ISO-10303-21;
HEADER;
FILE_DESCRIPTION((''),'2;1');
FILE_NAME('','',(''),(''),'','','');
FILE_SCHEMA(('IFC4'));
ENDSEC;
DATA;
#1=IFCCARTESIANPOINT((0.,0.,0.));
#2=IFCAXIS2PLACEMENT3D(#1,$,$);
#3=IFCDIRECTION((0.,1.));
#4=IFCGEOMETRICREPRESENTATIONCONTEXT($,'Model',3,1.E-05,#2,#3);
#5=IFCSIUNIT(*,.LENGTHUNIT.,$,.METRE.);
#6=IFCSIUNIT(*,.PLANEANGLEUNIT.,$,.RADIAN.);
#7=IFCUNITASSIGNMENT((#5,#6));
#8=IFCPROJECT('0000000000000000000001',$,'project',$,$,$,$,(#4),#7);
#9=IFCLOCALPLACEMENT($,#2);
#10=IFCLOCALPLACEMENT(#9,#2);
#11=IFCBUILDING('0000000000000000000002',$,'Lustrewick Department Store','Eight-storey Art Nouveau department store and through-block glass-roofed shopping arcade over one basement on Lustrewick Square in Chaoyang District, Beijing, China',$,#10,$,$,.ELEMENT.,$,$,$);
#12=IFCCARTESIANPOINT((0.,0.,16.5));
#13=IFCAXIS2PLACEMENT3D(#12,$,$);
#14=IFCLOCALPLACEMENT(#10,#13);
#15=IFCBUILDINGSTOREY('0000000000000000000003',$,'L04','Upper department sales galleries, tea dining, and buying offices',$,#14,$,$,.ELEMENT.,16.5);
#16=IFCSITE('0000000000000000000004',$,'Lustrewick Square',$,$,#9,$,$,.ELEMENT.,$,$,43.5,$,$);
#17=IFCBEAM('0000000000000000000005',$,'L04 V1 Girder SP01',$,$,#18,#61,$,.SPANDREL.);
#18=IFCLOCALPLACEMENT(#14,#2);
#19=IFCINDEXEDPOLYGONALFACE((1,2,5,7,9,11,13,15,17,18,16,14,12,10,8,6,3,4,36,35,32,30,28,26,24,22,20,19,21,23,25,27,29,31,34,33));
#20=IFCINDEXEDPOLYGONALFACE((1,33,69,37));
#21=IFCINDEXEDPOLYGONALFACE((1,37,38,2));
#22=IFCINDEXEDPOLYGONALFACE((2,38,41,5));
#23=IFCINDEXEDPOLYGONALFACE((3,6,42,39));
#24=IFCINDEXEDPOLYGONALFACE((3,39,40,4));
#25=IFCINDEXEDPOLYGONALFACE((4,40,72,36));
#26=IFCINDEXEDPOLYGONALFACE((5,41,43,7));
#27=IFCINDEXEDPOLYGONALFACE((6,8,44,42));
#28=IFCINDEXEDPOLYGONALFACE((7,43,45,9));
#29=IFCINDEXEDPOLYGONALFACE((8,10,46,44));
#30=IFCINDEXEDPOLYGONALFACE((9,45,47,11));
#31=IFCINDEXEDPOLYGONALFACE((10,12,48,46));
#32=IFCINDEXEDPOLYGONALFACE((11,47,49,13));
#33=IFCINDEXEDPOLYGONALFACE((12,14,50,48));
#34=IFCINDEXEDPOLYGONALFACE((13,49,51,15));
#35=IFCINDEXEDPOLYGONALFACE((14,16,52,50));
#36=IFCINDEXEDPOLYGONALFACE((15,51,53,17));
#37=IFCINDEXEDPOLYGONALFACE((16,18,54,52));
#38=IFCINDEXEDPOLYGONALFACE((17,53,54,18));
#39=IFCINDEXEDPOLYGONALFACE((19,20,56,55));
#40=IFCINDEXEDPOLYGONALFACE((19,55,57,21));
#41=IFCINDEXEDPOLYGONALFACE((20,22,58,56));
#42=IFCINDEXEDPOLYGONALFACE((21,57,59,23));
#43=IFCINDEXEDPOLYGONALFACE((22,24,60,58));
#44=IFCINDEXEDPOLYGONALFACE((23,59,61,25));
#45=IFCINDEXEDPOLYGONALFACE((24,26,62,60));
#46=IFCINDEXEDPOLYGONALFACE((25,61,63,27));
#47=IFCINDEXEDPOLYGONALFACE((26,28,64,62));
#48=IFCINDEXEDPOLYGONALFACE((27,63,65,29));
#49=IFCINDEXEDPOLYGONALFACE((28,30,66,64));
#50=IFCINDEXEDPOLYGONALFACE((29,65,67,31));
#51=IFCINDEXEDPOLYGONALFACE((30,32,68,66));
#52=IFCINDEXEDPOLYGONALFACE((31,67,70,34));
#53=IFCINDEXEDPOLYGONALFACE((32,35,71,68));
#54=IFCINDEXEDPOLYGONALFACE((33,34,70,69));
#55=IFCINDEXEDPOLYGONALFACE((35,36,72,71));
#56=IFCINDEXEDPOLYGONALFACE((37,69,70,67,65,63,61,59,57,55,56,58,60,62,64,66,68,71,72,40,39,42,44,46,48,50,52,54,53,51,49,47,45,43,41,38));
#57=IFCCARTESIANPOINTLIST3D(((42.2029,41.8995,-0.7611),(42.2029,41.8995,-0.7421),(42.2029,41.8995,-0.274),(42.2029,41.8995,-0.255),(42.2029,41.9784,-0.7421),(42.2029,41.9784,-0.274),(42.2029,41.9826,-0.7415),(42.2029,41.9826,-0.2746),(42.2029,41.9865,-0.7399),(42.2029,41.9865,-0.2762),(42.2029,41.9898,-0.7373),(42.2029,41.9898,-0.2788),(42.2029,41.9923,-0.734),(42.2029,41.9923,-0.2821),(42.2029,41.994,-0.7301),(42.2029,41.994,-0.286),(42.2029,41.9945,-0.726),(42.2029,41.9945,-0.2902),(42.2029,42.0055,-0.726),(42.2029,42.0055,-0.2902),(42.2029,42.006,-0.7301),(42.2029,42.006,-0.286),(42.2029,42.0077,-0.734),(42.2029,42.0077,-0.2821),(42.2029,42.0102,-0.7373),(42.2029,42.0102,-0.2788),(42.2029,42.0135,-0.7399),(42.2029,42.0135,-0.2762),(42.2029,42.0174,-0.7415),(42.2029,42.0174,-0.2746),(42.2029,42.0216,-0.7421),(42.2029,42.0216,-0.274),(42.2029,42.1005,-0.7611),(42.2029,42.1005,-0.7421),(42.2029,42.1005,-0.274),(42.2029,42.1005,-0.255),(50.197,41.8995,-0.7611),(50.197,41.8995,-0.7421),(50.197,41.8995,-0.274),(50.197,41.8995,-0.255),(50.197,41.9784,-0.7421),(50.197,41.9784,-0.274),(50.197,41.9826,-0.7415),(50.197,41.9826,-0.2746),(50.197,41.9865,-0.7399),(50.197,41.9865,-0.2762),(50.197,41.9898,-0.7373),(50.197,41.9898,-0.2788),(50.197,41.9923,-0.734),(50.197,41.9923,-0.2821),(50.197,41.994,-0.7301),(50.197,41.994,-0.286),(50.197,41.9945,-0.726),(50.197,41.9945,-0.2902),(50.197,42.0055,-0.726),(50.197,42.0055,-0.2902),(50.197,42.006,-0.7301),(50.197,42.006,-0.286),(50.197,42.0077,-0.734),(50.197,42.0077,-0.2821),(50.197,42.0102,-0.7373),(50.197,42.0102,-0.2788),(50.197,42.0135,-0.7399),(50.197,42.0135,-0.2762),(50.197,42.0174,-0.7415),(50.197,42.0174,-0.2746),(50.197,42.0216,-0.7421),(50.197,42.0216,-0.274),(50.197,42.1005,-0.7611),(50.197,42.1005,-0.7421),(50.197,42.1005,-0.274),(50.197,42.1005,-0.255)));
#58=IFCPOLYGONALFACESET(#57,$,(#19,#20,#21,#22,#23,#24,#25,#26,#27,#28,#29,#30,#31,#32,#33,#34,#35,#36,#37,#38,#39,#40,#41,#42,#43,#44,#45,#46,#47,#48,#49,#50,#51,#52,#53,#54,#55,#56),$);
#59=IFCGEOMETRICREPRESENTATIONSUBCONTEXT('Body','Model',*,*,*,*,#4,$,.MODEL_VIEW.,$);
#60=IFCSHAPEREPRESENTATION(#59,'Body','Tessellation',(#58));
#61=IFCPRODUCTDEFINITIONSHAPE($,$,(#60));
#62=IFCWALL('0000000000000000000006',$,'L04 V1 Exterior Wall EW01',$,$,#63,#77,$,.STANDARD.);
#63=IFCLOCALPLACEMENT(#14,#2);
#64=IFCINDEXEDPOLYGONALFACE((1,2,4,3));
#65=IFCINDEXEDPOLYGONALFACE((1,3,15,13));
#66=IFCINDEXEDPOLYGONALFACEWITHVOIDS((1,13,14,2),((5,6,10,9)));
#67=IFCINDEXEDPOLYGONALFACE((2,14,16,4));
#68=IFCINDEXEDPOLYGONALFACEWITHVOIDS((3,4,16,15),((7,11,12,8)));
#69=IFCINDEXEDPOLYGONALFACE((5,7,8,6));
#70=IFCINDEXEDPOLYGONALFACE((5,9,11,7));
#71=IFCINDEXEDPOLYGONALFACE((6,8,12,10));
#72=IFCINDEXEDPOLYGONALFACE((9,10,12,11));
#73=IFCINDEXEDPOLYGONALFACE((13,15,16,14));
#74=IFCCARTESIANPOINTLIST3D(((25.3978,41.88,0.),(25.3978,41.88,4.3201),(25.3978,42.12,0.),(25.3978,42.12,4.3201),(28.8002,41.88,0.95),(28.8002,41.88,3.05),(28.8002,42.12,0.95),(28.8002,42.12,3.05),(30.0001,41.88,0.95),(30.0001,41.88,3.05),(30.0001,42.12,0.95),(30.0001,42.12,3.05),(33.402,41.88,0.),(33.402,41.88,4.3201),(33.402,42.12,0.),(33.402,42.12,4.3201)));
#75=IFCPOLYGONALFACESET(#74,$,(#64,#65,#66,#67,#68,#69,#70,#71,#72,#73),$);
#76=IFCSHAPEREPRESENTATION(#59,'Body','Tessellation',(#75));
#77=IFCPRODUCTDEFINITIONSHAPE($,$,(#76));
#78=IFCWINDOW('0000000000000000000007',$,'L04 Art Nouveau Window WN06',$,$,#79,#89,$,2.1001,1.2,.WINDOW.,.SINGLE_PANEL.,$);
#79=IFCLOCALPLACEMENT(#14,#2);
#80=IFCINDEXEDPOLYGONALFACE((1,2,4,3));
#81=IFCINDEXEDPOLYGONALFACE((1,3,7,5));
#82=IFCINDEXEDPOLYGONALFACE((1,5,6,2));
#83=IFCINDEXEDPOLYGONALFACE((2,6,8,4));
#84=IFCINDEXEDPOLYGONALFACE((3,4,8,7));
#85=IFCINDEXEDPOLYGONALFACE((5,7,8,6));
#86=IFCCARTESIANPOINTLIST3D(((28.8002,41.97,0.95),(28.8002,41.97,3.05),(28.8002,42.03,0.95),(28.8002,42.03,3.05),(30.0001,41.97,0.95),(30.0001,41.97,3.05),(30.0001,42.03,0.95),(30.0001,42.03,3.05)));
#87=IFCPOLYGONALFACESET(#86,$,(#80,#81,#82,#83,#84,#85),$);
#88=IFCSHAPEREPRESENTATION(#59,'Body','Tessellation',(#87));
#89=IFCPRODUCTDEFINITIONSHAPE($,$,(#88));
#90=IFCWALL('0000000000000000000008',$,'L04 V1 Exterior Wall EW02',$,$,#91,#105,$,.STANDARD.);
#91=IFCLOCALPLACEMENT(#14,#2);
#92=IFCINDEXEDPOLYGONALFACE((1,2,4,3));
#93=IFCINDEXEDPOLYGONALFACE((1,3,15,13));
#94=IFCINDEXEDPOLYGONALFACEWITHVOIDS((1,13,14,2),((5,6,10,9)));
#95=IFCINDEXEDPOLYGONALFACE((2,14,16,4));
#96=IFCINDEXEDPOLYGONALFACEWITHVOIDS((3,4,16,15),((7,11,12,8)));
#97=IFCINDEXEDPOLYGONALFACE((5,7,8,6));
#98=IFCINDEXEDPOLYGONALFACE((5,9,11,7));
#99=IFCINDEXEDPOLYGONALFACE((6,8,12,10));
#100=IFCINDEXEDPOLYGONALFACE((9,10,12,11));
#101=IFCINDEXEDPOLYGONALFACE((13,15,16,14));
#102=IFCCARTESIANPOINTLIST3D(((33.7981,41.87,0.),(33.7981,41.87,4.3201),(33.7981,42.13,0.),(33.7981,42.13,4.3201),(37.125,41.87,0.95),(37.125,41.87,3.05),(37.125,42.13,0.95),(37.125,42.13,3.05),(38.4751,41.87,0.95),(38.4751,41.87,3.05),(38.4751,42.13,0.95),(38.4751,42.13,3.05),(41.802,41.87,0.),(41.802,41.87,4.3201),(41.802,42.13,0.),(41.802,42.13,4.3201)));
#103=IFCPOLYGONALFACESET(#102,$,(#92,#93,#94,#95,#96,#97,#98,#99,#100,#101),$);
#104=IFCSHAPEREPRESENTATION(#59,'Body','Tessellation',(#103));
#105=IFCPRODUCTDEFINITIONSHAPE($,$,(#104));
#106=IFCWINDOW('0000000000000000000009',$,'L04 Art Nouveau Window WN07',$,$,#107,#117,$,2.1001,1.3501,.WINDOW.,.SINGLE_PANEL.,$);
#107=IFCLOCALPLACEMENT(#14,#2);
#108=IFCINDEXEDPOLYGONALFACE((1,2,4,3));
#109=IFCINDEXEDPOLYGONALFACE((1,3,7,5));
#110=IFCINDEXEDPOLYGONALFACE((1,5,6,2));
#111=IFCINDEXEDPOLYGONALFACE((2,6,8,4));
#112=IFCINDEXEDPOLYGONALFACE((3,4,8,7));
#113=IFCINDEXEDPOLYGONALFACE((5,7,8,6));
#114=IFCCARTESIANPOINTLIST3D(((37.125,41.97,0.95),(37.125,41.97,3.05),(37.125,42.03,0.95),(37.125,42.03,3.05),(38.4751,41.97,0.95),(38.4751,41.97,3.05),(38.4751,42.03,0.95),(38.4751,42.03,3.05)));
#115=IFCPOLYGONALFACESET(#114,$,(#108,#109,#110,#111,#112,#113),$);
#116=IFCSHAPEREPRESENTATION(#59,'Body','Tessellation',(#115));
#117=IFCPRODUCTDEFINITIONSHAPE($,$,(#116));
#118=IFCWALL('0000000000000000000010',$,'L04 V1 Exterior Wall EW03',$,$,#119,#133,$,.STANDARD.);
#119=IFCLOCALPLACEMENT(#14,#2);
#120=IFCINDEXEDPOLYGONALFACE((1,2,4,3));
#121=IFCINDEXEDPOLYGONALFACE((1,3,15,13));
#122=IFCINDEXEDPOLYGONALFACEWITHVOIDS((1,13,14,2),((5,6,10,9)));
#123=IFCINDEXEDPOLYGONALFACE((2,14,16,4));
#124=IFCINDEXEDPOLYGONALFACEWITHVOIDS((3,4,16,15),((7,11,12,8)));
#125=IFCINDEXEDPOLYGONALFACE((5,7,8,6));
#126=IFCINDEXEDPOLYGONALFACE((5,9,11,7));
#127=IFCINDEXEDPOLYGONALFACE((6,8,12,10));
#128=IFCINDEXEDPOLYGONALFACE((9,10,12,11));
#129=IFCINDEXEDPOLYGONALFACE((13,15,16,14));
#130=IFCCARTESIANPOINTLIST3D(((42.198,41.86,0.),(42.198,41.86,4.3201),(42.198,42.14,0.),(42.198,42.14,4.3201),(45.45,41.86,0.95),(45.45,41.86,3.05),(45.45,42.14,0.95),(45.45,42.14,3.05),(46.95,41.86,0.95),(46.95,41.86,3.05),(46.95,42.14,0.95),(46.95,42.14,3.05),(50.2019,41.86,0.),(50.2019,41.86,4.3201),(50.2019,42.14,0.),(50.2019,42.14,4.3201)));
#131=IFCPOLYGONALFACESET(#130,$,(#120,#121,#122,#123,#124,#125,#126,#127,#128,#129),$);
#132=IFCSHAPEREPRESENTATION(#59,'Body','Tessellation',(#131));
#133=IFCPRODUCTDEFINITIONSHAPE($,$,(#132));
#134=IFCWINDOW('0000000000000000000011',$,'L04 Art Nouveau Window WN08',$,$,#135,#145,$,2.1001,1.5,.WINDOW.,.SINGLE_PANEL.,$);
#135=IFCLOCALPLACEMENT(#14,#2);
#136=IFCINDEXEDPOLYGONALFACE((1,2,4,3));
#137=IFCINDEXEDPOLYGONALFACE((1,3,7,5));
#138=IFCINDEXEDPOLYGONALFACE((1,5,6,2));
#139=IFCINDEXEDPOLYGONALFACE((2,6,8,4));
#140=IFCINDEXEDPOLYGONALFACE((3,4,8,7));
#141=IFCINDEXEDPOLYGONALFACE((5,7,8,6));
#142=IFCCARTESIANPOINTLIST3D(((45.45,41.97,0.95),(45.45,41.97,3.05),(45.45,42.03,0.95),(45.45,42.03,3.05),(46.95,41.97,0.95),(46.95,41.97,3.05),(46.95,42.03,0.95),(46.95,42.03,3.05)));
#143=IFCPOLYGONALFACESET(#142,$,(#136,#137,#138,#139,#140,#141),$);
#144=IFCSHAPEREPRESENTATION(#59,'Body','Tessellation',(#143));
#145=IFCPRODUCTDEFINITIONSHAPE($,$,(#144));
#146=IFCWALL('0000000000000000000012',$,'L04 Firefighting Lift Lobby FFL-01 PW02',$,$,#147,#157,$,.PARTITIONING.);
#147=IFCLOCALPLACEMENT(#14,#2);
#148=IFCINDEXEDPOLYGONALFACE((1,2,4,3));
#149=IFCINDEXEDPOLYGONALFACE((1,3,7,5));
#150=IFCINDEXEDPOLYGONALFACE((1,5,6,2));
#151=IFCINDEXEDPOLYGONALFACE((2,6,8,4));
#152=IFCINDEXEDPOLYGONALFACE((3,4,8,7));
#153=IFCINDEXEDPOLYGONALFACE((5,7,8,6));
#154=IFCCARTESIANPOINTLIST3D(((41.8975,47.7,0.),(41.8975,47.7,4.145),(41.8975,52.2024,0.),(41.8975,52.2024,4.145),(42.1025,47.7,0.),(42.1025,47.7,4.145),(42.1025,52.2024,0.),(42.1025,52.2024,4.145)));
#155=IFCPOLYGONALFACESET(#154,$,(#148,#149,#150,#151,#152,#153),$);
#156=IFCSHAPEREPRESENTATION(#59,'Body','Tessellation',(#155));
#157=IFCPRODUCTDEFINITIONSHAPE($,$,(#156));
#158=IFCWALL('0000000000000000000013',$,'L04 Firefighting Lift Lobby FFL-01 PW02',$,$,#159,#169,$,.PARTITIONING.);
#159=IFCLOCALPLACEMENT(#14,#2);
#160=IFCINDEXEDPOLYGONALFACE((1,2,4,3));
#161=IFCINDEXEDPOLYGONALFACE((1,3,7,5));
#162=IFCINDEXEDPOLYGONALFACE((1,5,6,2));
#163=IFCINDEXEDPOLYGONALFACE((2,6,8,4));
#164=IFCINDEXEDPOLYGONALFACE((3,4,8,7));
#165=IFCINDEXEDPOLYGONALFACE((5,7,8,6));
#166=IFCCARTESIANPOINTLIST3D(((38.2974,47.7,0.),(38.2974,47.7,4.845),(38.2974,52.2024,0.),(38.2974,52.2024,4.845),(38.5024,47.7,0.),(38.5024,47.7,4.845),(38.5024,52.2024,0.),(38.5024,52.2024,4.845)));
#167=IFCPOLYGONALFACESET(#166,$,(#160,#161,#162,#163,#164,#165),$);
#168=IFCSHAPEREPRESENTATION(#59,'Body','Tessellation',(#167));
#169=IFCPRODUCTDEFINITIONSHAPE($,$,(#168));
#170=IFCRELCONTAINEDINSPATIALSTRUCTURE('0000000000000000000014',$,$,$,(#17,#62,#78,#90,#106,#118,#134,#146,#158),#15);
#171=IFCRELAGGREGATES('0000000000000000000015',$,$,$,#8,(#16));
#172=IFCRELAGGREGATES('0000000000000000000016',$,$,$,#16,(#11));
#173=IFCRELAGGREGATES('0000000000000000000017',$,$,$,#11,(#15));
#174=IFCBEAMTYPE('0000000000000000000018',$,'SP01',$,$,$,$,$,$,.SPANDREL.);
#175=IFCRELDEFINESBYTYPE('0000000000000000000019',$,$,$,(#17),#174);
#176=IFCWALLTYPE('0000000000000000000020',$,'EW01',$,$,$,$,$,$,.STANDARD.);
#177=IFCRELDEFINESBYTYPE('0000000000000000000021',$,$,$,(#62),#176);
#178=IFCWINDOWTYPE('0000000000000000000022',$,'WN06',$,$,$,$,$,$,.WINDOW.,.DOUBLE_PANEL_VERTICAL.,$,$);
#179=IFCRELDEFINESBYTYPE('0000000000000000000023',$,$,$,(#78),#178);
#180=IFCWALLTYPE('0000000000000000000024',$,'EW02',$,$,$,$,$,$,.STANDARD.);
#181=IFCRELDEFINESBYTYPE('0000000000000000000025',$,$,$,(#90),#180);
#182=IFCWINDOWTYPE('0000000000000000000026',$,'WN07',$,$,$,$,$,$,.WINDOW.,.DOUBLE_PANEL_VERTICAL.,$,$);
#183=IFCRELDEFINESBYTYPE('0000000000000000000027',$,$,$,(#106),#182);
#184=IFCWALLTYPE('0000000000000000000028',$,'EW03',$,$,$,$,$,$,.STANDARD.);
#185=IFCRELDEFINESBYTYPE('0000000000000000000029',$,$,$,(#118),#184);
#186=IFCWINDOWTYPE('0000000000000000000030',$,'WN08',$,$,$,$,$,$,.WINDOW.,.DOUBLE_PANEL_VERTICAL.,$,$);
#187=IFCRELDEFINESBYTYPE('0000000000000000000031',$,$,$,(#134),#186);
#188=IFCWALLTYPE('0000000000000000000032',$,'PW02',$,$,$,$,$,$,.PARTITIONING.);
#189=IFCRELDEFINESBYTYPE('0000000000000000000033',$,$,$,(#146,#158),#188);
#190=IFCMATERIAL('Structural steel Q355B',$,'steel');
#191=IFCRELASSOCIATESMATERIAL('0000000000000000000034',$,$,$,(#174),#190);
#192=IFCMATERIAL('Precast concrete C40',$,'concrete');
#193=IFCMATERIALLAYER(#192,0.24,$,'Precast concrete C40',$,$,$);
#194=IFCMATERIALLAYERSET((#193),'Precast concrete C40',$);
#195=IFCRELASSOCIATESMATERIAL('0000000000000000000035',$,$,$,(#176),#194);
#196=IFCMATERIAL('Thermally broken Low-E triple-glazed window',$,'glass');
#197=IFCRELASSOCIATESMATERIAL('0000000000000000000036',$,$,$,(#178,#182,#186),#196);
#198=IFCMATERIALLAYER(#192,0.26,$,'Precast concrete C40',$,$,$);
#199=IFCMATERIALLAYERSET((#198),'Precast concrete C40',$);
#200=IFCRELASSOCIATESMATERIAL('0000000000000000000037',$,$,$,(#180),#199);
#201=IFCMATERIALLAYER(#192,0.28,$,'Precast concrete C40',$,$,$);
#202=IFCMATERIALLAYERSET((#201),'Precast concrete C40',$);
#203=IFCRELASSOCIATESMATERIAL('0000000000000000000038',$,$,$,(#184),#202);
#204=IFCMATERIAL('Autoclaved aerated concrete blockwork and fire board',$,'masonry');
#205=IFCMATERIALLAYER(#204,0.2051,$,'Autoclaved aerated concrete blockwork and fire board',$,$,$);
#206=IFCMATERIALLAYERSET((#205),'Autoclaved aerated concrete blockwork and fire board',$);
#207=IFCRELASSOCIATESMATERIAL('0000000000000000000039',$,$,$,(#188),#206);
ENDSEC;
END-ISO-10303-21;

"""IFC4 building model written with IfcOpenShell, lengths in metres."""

from ifc_helpers import new_model, si_unit, direction, frame, frame_2d, origin, origin_2d, place, context, subcontext, project, spatial, rectangle, i_section, extrude, material, layer, layer_set, material_profile, profile_set, type_object, element, fill, save


model = new_model("IFC4")

# Units and contexts
model_context = context("Model", 3, precision=1e-05, world=origin(), true_north=direction((0.0, 1.0)))
body_context = subcontext(model_context, "Body", "Model", "MODEL_VIEW")
ifc_project = project(units=[si_unit("LENGTHUNIT", "METRE"), si_unit("PLANEANGLEUNIT", "RADIAN")], contexts=[model_context])

# Site, building, storey
site_placement = place(None, origin())
site = spatial("IfcSite", under=ifc_project, at=site_placement, Name="Lustrewick Square", CompositionType="ELEMENT", RefElevation=43.5)
building_placement = place(site_placement, origin())
building = spatial("IfcBuilding", under=site, at=building_placement, Name="Lustrewick Department Store", Description="Eight-storey Art Nouveau department store and through-block glass-roofed shopping arcade over one basement on Lustrewick Square in Chaoyang District, Beijing, China", CompositionType="ELEMENT")
storey_placement = place(building_placement, frame((0.0, 0.0, 16.5)))
storey = spatial("IfcBuildingStorey", under=building, at=storey_placement, Name="L04", Description="Upper department sales galleries, tea dining, and buying offices", CompositionType="ELEMENT", Elevation=16.5)

# Shared definitions
ifc_material_1 = material(Name="Structural steel Q355B", Category="steel")

# Beam
ifc_material_profile_1 = material_profile(ifc_material_1, i_section(OverallWidth=0.2009, OverallDepth=0.5061, WebThickness=0.011, FlangeThickness=0.019, FilletRadius=0.0161, at=origin_2d()), Name="HN 506x201x11x19")
ifc_profile_set_1 = profile_set([ifc_material_profile_1], Name="Structural steel Q355B")
beam_type_1 = type_object("IfcBeamType", Name="SP01", PredefinedType="SPANDREL", material=ifc_profile_set_1)
for number, where, z_axis, x_axis, name in (
    (1, (42.2029, 42.0, -0.5081), (1.0, 0.0, 0.0), (0.0, 1.0, 0.0), "L04 V1 Girder SP01"),
):
    element("IfcBeam", number, at=place(storey_placement, frame(where, z_axis=z_axis, x_axis=x_axis)), inside=storey, type_object=beam_type_1, Name=name, PredefinedType="SPANDREL", context=body_context, shape_type="SweptSolid", body=[
        extrude(i_section(OverallWidth=0.2009, OverallDepth=0.5061, WebThickness=0.011, FlangeThickness=0.019, FilletRadius=0.0161, at=origin_2d()), origin(), (0.0, 0.0, 1.0), 7.9941),
    ])

# Walls, openings, windows
ifc_material_2 = material(Name="Precast concrete C40", Category="concrete")
ifc_layer_1 = layer(ifc_material_2, 0.24, Name="Precast concrete C40")
ifc_layer_set_1 = layer_set([ifc_layer_1], Name="Precast concrete C40")
wall_type_1 = type_object("IfcWallType", Name="EW01", PredefinedType="STANDARD", material=ifc_layer_set_1)
wall_1_placement = place(storey_placement, frame((25.3979, 42.0, 0.0), z_axis=(0.0, 0.0, 1.0), x_axis=(1.0, 0.0, 0.0)))
wall_1 = element("IfcWall", 2, at=wall_1_placement, inside=storey, type_object=wall_type_1, Name="L04 V1 Exterior Wall EW01", PredefinedType="STANDARD", context=body_context, shape_type="SweptSolid", body=[
    extrude(rectangle(XDim=8.0042, YDim=0.24, at=frame_2d((4.002, 0.0))), origin(), (0.0, 0.0, 1.0), 4.3201),
])
opening_1_placement = place(wall_1_placement, frame((3.4021, 0.0, 0.95)))
opening_1 = element("IfcOpeningElement", 3, at=opening_1_placement, cuts=wall_1, PredefinedType="OPENING", context=body_context, shape_type="SweptSolid", body=[
    extrude(rectangle(XDim=1.2, YDim=2.1001, at=frame_2d((0.6001, 1.05))), frame((0.0, 0.1299, 0.0), z_axis=(0.0, -1.0, 0.0), x_axis=(1.0, 0.0, 0.0)), (0.0, 0.0, 1.0), 0.26),
])
ifc_material_3 = material(Name="Thermally broken Low-E triple-glazed window", Category="glass")
window_type_1 = type_object("IfcWindowType", Name="WN06", PartitioningType="DOUBLE_PANEL_VERTICAL", PredefinedType="WINDOW", material=ifc_material_3)
window_1_placement = place(opening_1_placement, origin())
window_1 = element("IfcWindow", 4, at=window_1_placement, inside=storey, type_object=window_type_1, Name="L04 Art Nouveau Window WN06", OverallHeight=2.1001, OverallWidth=1.2, PartitioningType="SINGLE_PANEL", PredefinedType="WINDOW", context=body_context, shape_type="SweptSolid", body=[
    extrude(rectangle(XDim=1.2, YDim=2.1001, at=frame_2d((0.6001, 1.05))), frame((0.0, 0.03, 0.0), z_axis=(0.0, -1.0, 0.0), x_axis=(1.0, 0.0, 0.0)), (0.0, 0.0, 1.0), 0.0601),
])
fill(opening_1, window_1)
ifc_layer_2 = layer(ifc_material_2, 0.26, Name="Precast concrete C40")
ifc_layer_set_2 = layer_set([ifc_layer_2], Name="Precast concrete C40")
wall_type_2 = type_object("IfcWallType", Name="EW02", PredefinedType="STANDARD", material=ifc_layer_set_2)
wall_2_placement = place(storey_placement, frame((33.7981, 42.0, 0.0), z_axis=(0.0, 0.0, 1.0), x_axis=(1.0, 0.0, 0.0)))
wall_2 = element("IfcWall", 5, at=wall_2_placement, inside=storey, type_object=wall_type_2, Name="L04 V1 Exterior Wall EW02", PredefinedType="STANDARD", context=body_context, shape_type="SweptSolid", body=[
    extrude(rectangle(XDim=8.0039, YDim=0.26, at=frame_2d((4.002, 0.0))), origin(), (0.0, 0.0, 1.0), 4.3201),
])
opening_2_placement = place(wall_2_placement, frame((3.3269, 0.0, 0.95)))
opening_2 = element("IfcOpeningElement", 6, at=opening_2_placement, cuts=wall_2, PredefinedType="OPENING", context=body_context, shape_type="SweptSolid", body=[
    extrude(rectangle(XDim=1.3501, YDim=2.1001, at=frame_2d((0.675, 1.05))), frame((0.0, 0.1401, 0.0), z_axis=(0.0, -1.0, 0.0), x_axis=(1.0, 0.0, 0.0)), (0.0, 0.0, 1.0), 0.28),
])
window_type_2 = type_object("IfcWindowType", Name="WN07", PartitioningType="DOUBLE_PANEL_VERTICAL", PredefinedType="WINDOW", material=ifc_material_3)
window_2_placement = place(opening_2_placement, origin())
window_2 = element("IfcWindow", 7, at=window_2_placement, inside=storey, type_object=window_type_2, Name="L04 Art Nouveau Window WN07", OverallHeight=2.1001, OverallWidth=1.3501, PartitioningType="SINGLE_PANEL", PredefinedType="WINDOW", context=body_context, shape_type="SweptSolid", body=[
    extrude(rectangle(XDim=1.3501, YDim=2.1001, at=frame_2d((0.675, 1.05))), frame((0.0, 0.03, 0.0), z_axis=(0.0, -1.0, 0.0), x_axis=(1.0, 0.0, 0.0)), (0.0, 0.0, 1.0), 0.0601),
])
fill(opening_2, window_2)
ifc_layer_3 = layer(ifc_material_2, 0.28, Name="Precast concrete C40")
ifc_layer_set_3 = layer_set([ifc_layer_3], Name="Precast concrete C40")
wall_type_3 = type_object("IfcWallType", Name="EW03", PredefinedType="STANDARD", material=ifc_layer_set_3)
wall_3_placement = place(storey_placement, frame((42.198, 42.0, 0.0), z_axis=(0.0, 0.0, 1.0), x_axis=(1.0, 0.0, 0.0)))
wall_3 = element("IfcWall", 8, at=wall_3_placement, inside=storey, type_object=wall_type_3, Name="L04 V1 Exterior Wall EW03", PredefinedType="STANDARD", context=body_context, shape_type="SweptSolid", body=[
    extrude(rectangle(XDim=8.0039, YDim=0.28, at=frame_2d((4.002, 0.0))), origin(), (0.0, 0.0, 1.0), 4.3201),
])
opening_3_placement = place(wall_3_placement, frame((3.252, 0.0, 0.95)))
opening_3 = element("IfcOpeningElement", 9, at=opening_3_placement, cuts=wall_3, PredefinedType="OPENING", context=body_context, shape_type="SweptSolid", body=[
    extrude(rectangle(XDim=1.5, YDim=2.1001, at=frame_2d((0.75, 1.05))), frame((0.0, 0.1499, 0.0), z_axis=(0.0, -1.0, 0.0), x_axis=(1.0, 0.0, 0.0)), (0.0, 0.0, 1.0), 0.3),
])
window_type_3 = type_object("IfcWindowType", Name="WN08", PartitioningType="DOUBLE_PANEL_VERTICAL", PredefinedType="WINDOW", material=ifc_material_3)
window_3_placement = place(opening_3_placement, origin())
window_3 = element("IfcWindow", 10, at=window_3_placement, inside=storey, type_object=window_type_3, Name="L04 Art Nouveau Window WN08", OverallHeight=2.1001, OverallWidth=1.5, PartitioningType="SINGLE_PANEL", PredefinedType="WINDOW", context=body_context, shape_type="SweptSolid", body=[
    extrude(rectangle(XDim=1.5, YDim=2.1001, at=frame_2d((0.75, 1.05))), frame((0.0, 0.03, 0.0), z_axis=(0.0, -1.0, 0.0), x_axis=(1.0, 0.0, 0.0)), (0.0, 0.0, 1.0), 0.0601),
])
fill(opening_3, window_3)

# Shared definitions
ifc_material_4 = material(Name="Autoclaved aerated concrete blockwork and fire board", Category="masonry")
ifc_layer_4 = layer(ifc_material_4, 0.2051, Name="Autoclaved aerated concrete blockwork and fire board")
ifc_layer_set_4 = layer_set([ifc_layer_4], Name="Autoclaved aerated concrete blockwork and fire board")
wall_type_4 = type_object("IfcWallType", Name="PW02", PredefinedType="PARTITIONING", material=ifc_layer_set_4)

# Walls
wall_4_placement = place(storey_placement, frame((42.0, 47.7, 0.0), z_axis=(0.0, 0.0, 1.0), x_axis=(0.0, 1.0, 0.0)))
element("IfcWall", 11, at=wall_4_placement, inside=storey, type_object=wall_type_4, Name="L04 Firefighting Lift Lobby FFL-01 PW02", PredefinedType="PARTITIONING", context=body_context, shape_type="SweptSolid", body=[
    extrude(rectangle(XDim=4.5024, YDim=0.2051, at=frame_2d((2.2512, 0.0))), origin(), (0.0, 0.0, 1.0), 4.145),
])
wall_5_placement = place(storey_placement, frame((38.3999, 52.2024, 0.0), z_axis=(0.0, 0.0, 1.0), x_axis=(0.0, -1.0, 0.0)))
element("IfcWall", 12, at=wall_5_placement, inside=storey, type_object=wall_type_4, Name="L04 Firefighting Lift Lobby FFL-01 PW02", PredefinedType="PARTITIONING", context=body_context, shape_type="SweptSolid", body=[
    extrude(rectangle(XDim=4.5024, YDim=0.2051, at=frame_2d((2.2512, 0.0))), origin(), (0.0, 0.0, 1.0), 4.845),
])

save(model, "model.ifc")
